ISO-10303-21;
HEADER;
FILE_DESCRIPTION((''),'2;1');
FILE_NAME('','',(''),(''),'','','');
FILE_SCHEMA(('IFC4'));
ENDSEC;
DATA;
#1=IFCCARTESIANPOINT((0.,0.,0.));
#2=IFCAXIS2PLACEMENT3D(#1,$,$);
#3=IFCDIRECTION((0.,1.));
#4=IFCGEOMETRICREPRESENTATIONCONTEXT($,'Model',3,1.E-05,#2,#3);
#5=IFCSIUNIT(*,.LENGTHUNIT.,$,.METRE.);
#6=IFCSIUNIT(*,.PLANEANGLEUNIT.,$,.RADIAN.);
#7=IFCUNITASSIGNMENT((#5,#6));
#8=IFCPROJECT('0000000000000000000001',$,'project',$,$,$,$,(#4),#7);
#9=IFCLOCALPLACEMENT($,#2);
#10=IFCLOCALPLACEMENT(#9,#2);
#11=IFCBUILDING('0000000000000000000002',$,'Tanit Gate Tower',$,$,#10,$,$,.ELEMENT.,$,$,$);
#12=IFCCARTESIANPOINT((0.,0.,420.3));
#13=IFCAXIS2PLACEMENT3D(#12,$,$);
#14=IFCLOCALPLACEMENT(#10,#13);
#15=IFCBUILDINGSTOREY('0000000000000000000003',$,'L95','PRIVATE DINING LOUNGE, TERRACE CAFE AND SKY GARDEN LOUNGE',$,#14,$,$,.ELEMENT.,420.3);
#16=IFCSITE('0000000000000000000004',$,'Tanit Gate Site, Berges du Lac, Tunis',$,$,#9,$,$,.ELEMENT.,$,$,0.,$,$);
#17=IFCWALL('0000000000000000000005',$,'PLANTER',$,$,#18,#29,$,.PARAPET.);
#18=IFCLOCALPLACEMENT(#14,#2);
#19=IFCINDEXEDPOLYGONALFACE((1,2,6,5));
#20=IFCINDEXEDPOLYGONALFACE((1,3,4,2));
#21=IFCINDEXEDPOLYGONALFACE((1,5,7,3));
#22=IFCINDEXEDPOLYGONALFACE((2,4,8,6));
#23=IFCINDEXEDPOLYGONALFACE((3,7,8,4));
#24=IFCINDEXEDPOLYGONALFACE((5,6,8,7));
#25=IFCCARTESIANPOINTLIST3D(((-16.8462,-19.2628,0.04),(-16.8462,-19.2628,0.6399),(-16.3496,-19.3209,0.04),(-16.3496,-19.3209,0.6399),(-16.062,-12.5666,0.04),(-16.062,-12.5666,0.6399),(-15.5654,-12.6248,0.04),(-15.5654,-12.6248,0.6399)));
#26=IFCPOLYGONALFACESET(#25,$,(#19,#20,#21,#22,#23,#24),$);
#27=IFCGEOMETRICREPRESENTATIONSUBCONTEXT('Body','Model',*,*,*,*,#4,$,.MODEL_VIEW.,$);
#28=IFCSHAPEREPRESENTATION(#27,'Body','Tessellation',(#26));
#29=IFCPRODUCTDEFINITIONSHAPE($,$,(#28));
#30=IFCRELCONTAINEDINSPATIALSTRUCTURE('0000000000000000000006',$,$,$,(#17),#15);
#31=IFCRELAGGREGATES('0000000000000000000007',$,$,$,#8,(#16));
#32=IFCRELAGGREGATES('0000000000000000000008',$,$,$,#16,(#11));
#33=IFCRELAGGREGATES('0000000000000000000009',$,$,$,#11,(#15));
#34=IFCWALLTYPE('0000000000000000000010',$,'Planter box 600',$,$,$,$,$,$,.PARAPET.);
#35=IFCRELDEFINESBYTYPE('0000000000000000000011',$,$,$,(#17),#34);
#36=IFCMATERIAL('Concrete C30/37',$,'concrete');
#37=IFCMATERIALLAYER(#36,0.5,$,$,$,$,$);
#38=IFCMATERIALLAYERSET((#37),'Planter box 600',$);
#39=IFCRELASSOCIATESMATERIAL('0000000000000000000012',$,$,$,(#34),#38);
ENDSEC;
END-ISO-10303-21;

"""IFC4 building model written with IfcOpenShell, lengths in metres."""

from ifc_helpers import new_model, si_unit, direction, frame, frame_2d, origin, place, context, subcontext, project, spatial, rectangle, extrude, material, layer, layer_set, type_object, element, save


model = new_model("IFC4")

# Units and contexts
model_context = context("Model", 3, precision=1e-05, world=origin(), true_north=direction((0.0, 1.0)))
body_context = subcontext(model_context, "Body", "Model", "MODEL_VIEW")
ifc_project = project(units=[si_unit("LENGTHUNIT", "METRE"), si_unit("PLANEANGLEUNIT", "RADIAN")], contexts=[model_context])

# Site, building, storey
site_placement = place(None, origin())
site = spatial("IfcSite", under=ifc_project, at=site_placement, Name="Tanit Gate Site, Berges du Lac, Tunis", CompositionType="ELEMENT", RefElevation=0.0)
building_placement = place(site_placement, origin())
building = spatial("IfcBuilding", under=site, at=building_placement, Name="Tanit Gate Tower", CompositionType="ELEMENT")
storey_placement = place(building_placement, frame((0.0, 0.0, 420.3)))
storey = spatial("IfcBuildingStorey", under=building, at=storey_placement, Name="L95", Description="PRIVATE DINING LOUNGE, TERRACE CAFE AND SKY GARDEN LOUNGE", CompositionType="ELEMENT", Elevation=420.3)

# Wall
ifc_material_1 = material(Name="Concrete C30/37", Category="concrete")
ifc_layer_1 = layer(ifc_material_1, 0.5)
ifc_layer_set_1 = layer_set([ifc_layer_1], Name="Planter box 600")
wall_type_1 = type_object("IfcWallType", Name="Planter box 600", PredefinedType="PARAPET", material=ifc_layer_set_1)
wall_1_placement = place(storey_placement, frame((-16.5979, -19.292, 0.04), z_axis=(0.0, 0.0, 1.0), x_axis=(0.116312, 0.993213, 0.0)))
element("IfcWall", 1, at=wall_1_placement, inside=storey, type_object=wall_type_1, Name="PLANTER", PredefinedType="PARAPET", context=body_context, shape_type="SweptSolid", body=[
    extrude(rectangle(XDim=6.7419, YDim=0.5, at=frame_2d((3.3711, 0.0))), origin(), (0.0, 0.0, 1.0), 0.5999),
])

save(model, "model.ifc")
